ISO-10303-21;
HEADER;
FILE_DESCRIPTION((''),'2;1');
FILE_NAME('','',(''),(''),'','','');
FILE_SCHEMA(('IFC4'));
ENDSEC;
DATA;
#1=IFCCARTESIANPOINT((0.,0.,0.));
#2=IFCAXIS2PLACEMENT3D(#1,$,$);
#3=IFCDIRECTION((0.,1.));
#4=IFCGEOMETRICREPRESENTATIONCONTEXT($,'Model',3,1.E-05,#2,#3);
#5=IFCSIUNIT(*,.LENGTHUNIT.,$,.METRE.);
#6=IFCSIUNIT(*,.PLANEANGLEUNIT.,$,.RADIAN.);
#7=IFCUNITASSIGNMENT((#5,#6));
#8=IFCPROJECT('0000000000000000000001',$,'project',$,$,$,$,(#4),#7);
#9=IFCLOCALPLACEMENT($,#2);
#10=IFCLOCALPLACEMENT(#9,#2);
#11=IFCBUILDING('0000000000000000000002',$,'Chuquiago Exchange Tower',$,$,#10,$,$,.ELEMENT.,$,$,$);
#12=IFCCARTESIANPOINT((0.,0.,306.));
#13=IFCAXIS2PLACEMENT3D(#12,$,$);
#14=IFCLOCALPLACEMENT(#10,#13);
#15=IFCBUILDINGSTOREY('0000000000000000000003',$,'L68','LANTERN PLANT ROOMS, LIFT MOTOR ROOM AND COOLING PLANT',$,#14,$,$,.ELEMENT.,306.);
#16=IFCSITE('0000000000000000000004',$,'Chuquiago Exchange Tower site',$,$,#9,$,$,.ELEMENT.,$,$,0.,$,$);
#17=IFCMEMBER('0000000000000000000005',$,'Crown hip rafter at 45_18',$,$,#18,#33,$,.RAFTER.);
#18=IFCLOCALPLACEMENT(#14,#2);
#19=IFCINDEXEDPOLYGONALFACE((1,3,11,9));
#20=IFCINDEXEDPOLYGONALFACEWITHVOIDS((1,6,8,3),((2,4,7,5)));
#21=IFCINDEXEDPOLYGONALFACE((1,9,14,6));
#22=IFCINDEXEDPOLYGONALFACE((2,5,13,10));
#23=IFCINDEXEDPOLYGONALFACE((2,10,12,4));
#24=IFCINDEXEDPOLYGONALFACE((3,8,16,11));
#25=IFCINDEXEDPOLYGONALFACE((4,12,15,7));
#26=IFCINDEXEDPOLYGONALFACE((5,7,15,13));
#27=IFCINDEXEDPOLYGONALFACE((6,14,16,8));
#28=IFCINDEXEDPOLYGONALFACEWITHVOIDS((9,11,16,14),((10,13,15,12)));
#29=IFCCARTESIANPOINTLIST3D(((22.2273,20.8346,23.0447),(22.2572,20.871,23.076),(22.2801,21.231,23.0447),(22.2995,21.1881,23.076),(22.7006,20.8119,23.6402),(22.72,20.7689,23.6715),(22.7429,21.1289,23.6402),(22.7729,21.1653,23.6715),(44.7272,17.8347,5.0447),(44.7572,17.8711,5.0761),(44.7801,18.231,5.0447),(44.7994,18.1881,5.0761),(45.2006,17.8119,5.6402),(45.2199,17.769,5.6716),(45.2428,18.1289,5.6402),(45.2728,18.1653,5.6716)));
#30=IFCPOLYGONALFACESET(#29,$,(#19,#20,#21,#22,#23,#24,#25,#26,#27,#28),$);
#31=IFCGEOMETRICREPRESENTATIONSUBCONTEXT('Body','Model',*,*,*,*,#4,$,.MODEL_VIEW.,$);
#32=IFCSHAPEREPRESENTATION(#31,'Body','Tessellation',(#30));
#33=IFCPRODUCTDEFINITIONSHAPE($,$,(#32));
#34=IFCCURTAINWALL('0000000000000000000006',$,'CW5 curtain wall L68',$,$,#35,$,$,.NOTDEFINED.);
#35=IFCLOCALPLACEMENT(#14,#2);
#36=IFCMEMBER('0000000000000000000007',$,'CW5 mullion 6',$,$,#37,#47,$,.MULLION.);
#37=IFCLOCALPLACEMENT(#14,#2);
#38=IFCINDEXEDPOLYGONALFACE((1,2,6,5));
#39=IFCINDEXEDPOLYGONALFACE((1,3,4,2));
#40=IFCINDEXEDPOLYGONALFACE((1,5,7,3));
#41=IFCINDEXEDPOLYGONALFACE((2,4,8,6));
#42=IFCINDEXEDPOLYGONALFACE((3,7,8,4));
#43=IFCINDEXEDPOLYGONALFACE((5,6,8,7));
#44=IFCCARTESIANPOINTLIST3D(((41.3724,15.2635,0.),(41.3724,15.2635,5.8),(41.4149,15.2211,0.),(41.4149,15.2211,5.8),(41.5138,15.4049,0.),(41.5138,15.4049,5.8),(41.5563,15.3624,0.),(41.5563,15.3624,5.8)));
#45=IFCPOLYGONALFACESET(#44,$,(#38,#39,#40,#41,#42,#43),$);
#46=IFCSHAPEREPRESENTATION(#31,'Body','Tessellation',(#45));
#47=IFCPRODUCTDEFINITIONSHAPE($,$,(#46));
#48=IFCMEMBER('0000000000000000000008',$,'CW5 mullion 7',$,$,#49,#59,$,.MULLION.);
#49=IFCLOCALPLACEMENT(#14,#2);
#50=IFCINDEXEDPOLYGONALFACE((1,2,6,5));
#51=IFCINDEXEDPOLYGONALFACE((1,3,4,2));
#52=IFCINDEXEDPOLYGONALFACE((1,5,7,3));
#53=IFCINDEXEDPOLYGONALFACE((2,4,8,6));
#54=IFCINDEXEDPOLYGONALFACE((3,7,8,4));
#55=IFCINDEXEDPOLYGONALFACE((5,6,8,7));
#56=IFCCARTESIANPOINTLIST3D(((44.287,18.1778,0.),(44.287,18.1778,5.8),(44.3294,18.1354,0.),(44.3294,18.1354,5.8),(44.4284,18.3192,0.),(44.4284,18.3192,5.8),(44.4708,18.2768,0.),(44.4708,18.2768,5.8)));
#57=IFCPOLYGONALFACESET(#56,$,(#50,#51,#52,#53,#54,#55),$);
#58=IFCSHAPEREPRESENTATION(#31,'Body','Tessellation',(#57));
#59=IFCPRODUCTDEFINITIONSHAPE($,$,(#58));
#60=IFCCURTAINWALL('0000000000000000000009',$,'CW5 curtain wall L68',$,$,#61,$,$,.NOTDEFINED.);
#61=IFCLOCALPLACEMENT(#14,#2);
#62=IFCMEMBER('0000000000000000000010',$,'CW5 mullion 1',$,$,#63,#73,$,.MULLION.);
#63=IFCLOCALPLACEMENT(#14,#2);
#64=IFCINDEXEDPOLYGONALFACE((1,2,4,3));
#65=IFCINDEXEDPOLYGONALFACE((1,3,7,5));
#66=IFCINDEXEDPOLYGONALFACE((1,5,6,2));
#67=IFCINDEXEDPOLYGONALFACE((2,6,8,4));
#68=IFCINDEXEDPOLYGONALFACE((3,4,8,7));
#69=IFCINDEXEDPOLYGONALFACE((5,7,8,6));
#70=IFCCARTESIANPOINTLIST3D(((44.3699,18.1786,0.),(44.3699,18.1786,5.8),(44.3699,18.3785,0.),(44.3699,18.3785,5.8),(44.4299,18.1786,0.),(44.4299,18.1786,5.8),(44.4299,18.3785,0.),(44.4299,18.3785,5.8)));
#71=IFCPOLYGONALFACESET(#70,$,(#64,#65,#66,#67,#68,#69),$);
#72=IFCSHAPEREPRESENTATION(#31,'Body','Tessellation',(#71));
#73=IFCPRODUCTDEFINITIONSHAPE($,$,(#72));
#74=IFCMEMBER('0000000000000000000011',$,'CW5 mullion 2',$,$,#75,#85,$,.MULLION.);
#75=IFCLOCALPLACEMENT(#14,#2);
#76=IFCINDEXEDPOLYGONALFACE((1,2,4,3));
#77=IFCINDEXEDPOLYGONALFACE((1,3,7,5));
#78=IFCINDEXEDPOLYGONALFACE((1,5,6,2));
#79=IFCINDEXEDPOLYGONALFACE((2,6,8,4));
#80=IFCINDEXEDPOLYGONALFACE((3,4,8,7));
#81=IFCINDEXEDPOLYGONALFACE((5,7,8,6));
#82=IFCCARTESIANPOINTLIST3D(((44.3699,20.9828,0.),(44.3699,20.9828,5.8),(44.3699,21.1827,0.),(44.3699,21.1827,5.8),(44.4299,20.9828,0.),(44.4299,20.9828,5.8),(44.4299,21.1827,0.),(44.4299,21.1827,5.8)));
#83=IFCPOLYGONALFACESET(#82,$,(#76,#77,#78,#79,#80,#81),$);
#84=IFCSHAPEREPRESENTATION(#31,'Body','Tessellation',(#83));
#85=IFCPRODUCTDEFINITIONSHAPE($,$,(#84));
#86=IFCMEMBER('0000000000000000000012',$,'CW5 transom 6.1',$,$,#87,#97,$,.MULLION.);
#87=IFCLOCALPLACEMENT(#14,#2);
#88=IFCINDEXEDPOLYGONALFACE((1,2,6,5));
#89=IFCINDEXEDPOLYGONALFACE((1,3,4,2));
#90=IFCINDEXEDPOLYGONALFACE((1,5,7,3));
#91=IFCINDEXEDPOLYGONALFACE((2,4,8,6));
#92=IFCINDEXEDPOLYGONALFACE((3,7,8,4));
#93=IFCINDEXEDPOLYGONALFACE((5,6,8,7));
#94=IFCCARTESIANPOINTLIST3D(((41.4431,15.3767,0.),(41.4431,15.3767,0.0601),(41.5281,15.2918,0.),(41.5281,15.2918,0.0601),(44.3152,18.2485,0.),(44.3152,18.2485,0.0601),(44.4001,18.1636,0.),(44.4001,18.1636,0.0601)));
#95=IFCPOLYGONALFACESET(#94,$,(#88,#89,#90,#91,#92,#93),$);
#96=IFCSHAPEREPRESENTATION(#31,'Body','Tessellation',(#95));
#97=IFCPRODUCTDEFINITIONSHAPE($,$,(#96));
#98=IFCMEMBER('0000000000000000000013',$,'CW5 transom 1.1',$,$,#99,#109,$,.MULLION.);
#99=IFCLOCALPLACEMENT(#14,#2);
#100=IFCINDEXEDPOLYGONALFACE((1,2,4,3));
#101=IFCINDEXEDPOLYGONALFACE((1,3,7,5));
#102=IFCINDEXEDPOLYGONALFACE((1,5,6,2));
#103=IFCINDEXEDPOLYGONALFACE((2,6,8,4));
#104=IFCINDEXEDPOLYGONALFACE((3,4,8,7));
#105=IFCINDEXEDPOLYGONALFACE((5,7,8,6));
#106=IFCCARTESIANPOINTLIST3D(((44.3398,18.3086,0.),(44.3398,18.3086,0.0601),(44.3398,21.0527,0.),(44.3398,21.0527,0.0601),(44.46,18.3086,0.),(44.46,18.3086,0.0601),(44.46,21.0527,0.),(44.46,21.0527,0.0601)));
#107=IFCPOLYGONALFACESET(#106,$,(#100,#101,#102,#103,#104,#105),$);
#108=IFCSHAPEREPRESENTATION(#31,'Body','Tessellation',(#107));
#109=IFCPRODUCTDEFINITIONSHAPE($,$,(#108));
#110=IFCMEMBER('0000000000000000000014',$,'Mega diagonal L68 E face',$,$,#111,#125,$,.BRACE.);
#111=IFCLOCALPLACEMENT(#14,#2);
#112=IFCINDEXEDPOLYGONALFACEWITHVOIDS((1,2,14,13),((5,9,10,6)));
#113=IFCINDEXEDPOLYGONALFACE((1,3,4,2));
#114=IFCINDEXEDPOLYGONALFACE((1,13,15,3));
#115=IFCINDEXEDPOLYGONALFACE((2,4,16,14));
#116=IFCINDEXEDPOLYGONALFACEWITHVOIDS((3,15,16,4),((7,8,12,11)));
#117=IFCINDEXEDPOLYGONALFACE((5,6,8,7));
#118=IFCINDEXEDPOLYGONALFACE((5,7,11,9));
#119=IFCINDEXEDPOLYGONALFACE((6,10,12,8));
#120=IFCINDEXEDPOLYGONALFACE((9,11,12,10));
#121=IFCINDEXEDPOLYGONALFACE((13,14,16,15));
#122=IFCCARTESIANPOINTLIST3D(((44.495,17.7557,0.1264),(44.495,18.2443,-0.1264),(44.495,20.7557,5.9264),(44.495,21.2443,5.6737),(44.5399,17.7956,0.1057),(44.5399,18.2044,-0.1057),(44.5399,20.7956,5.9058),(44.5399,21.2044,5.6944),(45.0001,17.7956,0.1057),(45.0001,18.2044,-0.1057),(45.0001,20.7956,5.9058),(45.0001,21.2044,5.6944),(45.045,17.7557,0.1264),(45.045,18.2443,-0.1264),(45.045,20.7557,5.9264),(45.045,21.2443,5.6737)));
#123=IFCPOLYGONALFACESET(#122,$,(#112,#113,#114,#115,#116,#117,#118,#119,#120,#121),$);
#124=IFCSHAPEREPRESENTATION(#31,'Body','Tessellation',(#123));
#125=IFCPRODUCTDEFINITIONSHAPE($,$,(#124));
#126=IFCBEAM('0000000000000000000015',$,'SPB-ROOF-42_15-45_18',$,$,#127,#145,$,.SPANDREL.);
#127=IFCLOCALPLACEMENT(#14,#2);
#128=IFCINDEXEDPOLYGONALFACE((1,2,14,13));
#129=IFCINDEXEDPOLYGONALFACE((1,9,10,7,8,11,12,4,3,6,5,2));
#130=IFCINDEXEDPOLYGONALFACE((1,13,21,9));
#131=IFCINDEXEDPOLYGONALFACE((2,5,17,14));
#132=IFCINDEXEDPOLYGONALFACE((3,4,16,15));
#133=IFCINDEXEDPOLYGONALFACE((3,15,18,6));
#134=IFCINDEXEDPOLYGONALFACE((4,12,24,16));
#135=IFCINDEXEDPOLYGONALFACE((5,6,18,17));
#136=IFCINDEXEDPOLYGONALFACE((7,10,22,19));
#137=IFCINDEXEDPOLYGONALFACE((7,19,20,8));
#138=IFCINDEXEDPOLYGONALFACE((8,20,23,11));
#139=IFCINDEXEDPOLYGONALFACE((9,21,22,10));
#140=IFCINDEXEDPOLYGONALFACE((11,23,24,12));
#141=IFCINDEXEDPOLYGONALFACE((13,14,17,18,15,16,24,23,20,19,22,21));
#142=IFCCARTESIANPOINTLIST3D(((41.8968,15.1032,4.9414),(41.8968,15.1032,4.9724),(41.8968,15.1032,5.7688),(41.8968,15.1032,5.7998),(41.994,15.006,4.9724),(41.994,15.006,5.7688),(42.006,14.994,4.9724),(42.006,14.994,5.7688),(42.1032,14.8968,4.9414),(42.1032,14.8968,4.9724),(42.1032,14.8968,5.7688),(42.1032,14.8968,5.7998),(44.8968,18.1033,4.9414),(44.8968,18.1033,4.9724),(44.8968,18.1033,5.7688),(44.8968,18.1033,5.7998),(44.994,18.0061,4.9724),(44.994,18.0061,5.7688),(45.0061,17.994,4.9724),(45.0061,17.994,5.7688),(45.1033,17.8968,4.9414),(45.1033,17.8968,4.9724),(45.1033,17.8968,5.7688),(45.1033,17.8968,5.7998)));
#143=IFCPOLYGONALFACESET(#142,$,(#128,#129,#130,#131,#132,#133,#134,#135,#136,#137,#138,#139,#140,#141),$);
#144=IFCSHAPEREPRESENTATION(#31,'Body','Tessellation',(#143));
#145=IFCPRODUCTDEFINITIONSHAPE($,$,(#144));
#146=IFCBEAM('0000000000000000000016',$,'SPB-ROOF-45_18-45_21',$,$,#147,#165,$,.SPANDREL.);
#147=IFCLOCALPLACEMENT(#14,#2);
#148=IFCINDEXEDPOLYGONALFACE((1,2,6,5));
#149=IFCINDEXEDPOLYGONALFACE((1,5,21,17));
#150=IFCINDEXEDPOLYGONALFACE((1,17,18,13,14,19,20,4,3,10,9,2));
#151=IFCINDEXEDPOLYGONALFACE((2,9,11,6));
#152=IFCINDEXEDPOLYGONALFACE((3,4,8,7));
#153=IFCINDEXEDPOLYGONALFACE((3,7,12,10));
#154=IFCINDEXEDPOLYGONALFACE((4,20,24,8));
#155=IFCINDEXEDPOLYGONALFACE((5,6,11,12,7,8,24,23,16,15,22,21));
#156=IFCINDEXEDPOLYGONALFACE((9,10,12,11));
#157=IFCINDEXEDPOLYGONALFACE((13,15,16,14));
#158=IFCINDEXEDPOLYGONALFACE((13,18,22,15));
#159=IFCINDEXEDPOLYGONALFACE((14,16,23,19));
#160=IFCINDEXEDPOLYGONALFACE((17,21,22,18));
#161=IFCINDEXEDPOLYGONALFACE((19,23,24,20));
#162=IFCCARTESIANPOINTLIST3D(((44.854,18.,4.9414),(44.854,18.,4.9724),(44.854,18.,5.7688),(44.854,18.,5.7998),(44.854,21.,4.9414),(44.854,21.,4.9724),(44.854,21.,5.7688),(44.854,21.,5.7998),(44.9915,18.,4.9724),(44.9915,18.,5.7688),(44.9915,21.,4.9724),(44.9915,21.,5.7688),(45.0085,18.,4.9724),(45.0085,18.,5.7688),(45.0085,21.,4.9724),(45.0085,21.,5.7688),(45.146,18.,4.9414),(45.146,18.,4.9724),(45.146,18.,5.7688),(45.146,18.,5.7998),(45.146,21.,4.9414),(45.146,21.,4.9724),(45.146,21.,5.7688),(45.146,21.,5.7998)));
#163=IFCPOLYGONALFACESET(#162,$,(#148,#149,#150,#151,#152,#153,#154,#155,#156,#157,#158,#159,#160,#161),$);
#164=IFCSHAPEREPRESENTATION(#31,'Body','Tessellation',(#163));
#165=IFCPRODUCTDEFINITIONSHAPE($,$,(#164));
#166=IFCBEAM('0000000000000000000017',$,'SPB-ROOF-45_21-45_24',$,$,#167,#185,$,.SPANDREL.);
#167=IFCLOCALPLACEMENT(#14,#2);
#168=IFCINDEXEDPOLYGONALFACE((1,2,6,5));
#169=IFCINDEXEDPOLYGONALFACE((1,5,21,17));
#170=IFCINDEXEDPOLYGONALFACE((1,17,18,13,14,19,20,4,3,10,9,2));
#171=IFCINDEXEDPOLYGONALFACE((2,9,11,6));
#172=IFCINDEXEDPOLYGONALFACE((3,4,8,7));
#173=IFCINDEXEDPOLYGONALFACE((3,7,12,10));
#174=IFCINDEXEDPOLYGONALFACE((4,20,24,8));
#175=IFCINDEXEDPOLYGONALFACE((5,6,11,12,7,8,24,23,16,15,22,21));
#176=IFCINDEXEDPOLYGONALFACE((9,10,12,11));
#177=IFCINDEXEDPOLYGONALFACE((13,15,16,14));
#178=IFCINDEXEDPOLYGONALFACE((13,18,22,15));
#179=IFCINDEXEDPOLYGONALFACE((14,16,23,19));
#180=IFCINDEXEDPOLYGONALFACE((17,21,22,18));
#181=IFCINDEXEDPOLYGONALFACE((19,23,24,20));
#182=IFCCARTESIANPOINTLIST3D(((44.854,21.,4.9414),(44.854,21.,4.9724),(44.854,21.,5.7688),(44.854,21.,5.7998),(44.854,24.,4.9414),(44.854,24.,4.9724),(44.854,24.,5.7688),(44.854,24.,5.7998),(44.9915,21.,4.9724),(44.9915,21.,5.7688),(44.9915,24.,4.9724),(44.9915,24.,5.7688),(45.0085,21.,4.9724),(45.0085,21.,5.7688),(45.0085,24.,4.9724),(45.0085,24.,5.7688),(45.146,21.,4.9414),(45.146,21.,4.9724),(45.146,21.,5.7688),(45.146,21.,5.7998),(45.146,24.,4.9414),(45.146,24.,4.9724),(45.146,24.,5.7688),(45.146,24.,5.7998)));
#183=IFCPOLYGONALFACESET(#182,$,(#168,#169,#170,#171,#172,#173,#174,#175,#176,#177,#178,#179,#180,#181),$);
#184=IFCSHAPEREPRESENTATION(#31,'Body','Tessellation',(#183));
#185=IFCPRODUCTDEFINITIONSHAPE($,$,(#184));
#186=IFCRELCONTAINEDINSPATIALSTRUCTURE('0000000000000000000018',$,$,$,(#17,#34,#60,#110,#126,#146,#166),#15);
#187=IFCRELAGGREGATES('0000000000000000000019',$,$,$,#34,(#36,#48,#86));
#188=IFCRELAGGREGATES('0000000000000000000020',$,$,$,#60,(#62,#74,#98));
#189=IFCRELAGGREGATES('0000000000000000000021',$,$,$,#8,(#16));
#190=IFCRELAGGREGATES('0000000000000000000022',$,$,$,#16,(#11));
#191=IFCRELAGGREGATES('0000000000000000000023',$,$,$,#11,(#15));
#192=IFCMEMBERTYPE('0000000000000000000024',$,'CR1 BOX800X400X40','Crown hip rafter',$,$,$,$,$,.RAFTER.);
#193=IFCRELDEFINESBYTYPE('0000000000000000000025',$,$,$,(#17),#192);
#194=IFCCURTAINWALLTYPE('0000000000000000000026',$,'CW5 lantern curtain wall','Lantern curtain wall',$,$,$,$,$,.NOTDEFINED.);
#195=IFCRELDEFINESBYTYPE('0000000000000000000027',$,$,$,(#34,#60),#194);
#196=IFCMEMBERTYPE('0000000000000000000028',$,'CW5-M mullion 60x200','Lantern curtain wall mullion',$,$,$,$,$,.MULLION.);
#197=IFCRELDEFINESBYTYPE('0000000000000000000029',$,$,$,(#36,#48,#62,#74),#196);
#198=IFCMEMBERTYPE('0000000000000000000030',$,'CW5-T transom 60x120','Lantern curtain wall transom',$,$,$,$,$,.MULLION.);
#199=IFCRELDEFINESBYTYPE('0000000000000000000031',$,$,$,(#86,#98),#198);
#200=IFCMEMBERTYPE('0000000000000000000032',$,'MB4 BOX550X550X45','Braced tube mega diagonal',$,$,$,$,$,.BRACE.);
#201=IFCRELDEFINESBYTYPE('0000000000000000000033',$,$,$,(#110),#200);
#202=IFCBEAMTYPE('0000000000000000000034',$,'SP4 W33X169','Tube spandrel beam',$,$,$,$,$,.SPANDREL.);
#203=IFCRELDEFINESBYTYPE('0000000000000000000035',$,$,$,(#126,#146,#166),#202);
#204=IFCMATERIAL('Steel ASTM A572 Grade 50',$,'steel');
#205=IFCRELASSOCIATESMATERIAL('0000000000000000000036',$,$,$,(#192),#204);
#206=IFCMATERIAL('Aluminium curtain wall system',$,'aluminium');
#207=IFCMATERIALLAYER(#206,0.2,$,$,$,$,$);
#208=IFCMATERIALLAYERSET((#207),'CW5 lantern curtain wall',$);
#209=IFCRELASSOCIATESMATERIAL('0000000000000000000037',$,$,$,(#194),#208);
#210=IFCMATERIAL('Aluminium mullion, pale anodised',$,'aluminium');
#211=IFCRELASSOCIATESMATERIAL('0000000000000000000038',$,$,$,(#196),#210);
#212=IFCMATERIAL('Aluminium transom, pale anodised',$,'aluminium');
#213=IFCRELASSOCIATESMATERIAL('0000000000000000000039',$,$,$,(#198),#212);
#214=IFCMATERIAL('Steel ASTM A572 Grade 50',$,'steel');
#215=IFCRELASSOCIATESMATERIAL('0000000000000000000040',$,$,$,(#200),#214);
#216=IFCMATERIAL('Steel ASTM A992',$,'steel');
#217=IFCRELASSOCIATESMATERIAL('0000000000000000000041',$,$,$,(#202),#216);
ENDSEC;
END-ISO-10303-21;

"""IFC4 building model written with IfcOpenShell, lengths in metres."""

from ifc_helpers import new_model, si_unit, direction, frame, origin, origin_2d, place, context, subcontext, project, spatial, rectangle, hollow_rectangle, i_section, extrude, material, layer, layer_set, material_profile, profile_set, type_object, element, aggregate, save


model = new_model("IFC4")

# Units and contexts
model_context = context("Model", 3, precision=1e-05, world=origin(), true_north=direction((0.0, 1.0)))
body_context = subcontext(model_context, "Body", "Model", "MODEL_VIEW")
ifc_project = project(units=[si_unit("LENGTHUNIT", "METRE"), si_unit("PLANEANGLEUNIT", "RADIAN")], contexts=[model_context])

# Site, building, storey
site_placement = place(None, origin())
site = spatial("IfcSite", under=ifc_project, at=site_placement, Name="Chuquiago Exchange Tower site", CompositionType="ELEMENT", RefElevation=0.0)
building_placement = place(site_placement, origin())
building = spatial("IfcBuilding", under=site, at=building_placement, Name="Chuquiago Exchange Tower", CompositionType="ELEMENT")
storey_placement = place(building_placement, frame((0.0, 0.0, 306.0)))
storey = spatial("IfcBuildingStorey", under=building, at=storey_placement, Name="L68", Description="LANTERN PLANT ROOMS, LIFT MOTOR ROOM AND COOLING PLANT", CompositionType="ELEMENT", Elevation=306.0)

# Member
ifc_material_1 = material(Name="Steel ASTM A572 Grade 50", Category="steel")
ifc_material_profile_1 = material_profile(ifc_material_1, hollow_rectangle(XDim=0.3999, YDim=0.8, WallThickness=0.04, at=origin_2d()), Name="BOX800X400X40")
ifc_profile_set_1 = profile_set([ifc_material_profile_1], Name="Steel ASTM A572 Grade 50")
member_type_1 = type_object("IfcMemberType", Name="CR1 BOX800X400X40", Description="Crown hip rafter", PredefinedType="RAFTER", material=ifc_profile_set_1)
member_1_placement = place(storey_placement, frame((45.0, 18.0, 5.3582), z_axis=(-0.776671, 0.103556, 0.621336), x_axis=(-0.132164, -0.991228, 0.0)))
element("IfcMember", 1, at=member_1_placement, inside=storey, type_object=member_type_1, Name="Crown hip rafter at 45_18", PredefinedType="RAFTER", context=body_context, shape_type="SweptSolid", body=[
    extrude(hollow_rectangle(XDim=0.3999, YDim=0.8, WallThickness=0.04, at=origin_2d()), origin(), (0.0, 0.0, 1.0), 28.9697),
])

# Curtain walls, members
ifc_material_2 = material(Name="Aluminium curtain wall system", Category="aluminium")
ifc_layer_1 = layer(ifc_material_2, 0.2)
ifc_layer_set_1 = layer_set([ifc_layer_1], Name="CW5 lantern curtain wall")
curtain_wall_type = type_object("IfcCurtainWallType", Name="CW5 lantern curtain wall", Description="Lantern curtain wall", PredefinedType="NOTDEFINED", material=ifc_layer_set_1)
curtain_wall_1_placement = place(storey_placement, origin())
curtain_wall_1 = element("IfcCurtainWall", 2, at=curtain_wall_1_placement, inside=storey, type_object=curtain_wall_type, Name="CW5 curtain wall L68", PredefinedType="NOTDEFINED")
ifc_material_3 = material(Name="Aluminium mullion, pale anodised", Category="aluminium")
ifc_material_profile_2 = material_profile(ifc_material_3, rectangle(XDim=0.0601, YDim=0.2, at=origin_2d()), Name="AL 60x200")
ifc_profile_set_2 = profile_set([ifc_material_profile_2], Name="Aluminium mullion, pale anodised")
member_type_2 = type_object("IfcMemberType", Name="CW5-M mullion 60x200", Description="Lantern curtain wall mullion", PredefinedType="MULLION", material=ifc_profile_set_2)
member_2_placement = place(storey_placement, frame((41.4644, 15.313, 0.0), z_axis=(0.0, 0.0, 1.0), x_axis=(-0.707105, 0.707109, 0.0)))
member_2 = element("IfcMember", 3, at=member_2_placement, type_object=member_type_2, Name="CW5 mullion 6", PredefinedType="MULLION", context=body_context, shape_type="SweptSolid", body=[
    extrude(rectangle(XDim=0.0601, YDim=0.2, at=origin_2d()), origin(), (0.0, 0.0, 1.0), 5.8),
])
member_3_placement = place(storey_placement, frame((44.3789, 18.2273, 0.0), z_axis=(0.0, 0.0, 1.0), x_axis=(-0.707105, 0.707109, 0.0)))
member_3 = element("IfcMember", 4, at=member_3_placement, type_object=member_type_2, Name="CW5 mullion 7", PredefinedType="MULLION", context=body_context, shape_type="SweptSolid", body=[
    extrude(rectangle(XDim=0.0601, YDim=0.2, at=origin_2d()), origin(), (0.0, 0.0, 1.0), 5.8),
])
curtain_wall_2_placement = place(storey_placement, origin())
curtain_wall_2 = element("IfcCurtainWall", 5, at=curtain_wall_2_placement, inside=storey, type_object=curtain_wall_type, Name="CW5 curtain wall L68", PredefinedType="NOTDEFINED")
member_4_placement = place(storey_placement, frame((44.3999, 18.2786, 0.0), z_axis=(0.0, 0.0, 1.0), x_axis=(-1.0, 0.0, 0.0)))
member_4 = element("IfcMember", 6, at=member_4_placement, type_object=member_type_2, Name="CW5 mullion 1", PredefinedType="MULLION", context=body_context, shape_type="SweptSolid", body=[
    extrude(rectangle(XDim=0.0601, YDim=0.2, at=origin_2d()), origin(), (0.0, 0.0, 1.0), 5.8),
])
member_5_placement = place(storey_placement, frame((44.3999, 21.0828, 0.0), z_axis=(0.0, 0.0, 1.0), x_axis=(-1.0, 0.0, 0.0)))
member_5 = element("IfcMember", 7, at=member_5_placement, type_object=member_type_2, Name="CW5 mullion 2", PredefinedType="MULLION", context=body_context, shape_type="SweptSolid", body=[
    extrude(rectangle(XDim=0.0601, YDim=0.2, at=origin_2d()), origin(), (0.0, 0.0, 1.0), 5.8),
])

# Members
ifc_material_4 = material(Name="Aluminium transom, pale anodised", Category="aluminium")
ifc_material_profile_3 = material_profile(ifc_material_4, rectangle(XDim=0.1201, YDim=0.0601, at=origin_2d()), Name="AL 120x60")
ifc_profile_set_3 = profile_set([ifc_material_profile_3], Name="Aluminium transom, pale anodised")
member_type_3 = type_object("IfcMemberType", Name="CW5-T transom 60x120", Description="Lantern curtain wall transom", PredefinedType="MULLION", material=ifc_profile_set_3)
member_6_placement = place(storey_placement, frame((41.4856, 15.3342, 0.03), z_axis=(0.707137, 0.707077, 0.0), x_axis=(-0.707077, 0.707137, 0.0)))
member_6 = element("IfcMember", 8, at=member_6_placement, type_object=member_type_3, Name="CW5 transom 6.1", PredefinedType="MULLION", context=body_context, shape_type="SweptSolid", body=[
    extrude(rectangle(XDim=0.1201, YDim=0.0601, at=origin_2d()), origin(), (0.0, 0.0, 1.0), 4.0615),
])
member_7_placement = place(storey_placement, frame((44.3999, 18.3086, 0.03), z_axis=(0.0, 1.0, 0.0), x_axis=(-1.0, 0.0, 0.0)))
member_7 = element("IfcMember", 9, at=member_7_placement, type_object=member_type_3, Name="CW5 transom 1.1", PredefinedType="MULLION", context=body_context, shape_type="SweptSolid", body=[
    extrude(rectangle(XDim=0.1201, YDim=0.0601, at=origin_2d()), origin(), (0.0, 0.0, 1.0), 2.7441),
])
ifc_material_5 = material(Name="Steel ASTM A572 Grade 50", Category="steel")
ifc_material_profile_4 = material_profile(ifc_material_5, hollow_rectangle(XDim=0.55, YDim=0.55, WallThickness=0.0449, at=origin_2d()), Name="BOX550X550X45")
ifc_profile_set_4 = profile_set([ifc_material_profile_4], Name="Steel ASTM A572 Grade 50")
member_type_4 = type_object("IfcMemberType", Name="MB4 BOX550X550X45", Description="Braced tube mega diagonal", PredefinedType="BRACE", material=ifc_profile_set_4)
member_8_placement = place(storey_placement, frame((44.77, 18.0, 0.0), z_axis=(0.0, 0.45942, 0.888219), x_axis=(-1.0, 0.0, 0.0)))
element("IfcMember", 10, at=member_8_placement, inside=storey, type_object=member_type_4, Name="Mega diagonal L68 E face", PredefinedType="BRACE", context=body_context, shape_type="SweptSolid", body=[
    extrude(hollow_rectangle(XDim=0.55, YDim=0.55, WallThickness=0.0449, at=origin_2d()), origin(), (0.0, 0.0, 1.0), 6.53),
])

# Beams
ifc_material_6 = material(Name="Steel ASTM A992", Category="steel")
ifc_material_profile_5 = material_profile(ifc_material_6, i_section(OverallWidth=0.292, OverallDepth=0.8584, WebThickness=0.0171, FlangeThickness=0.031, at=origin_2d()), Name="W33X169")
ifc_profile_set_5 = profile_set([ifc_material_profile_5], Name="Steel ASTM A992")
beam_type_1 = type_object("IfcBeamType", Name="SP4 W33X169", Description="Tube spandrel beam", PredefinedType="SPANDREL", material=ifc_profile_set_5)
beam_1_placement = place(storey_placement, frame((42.0, 15.0, 5.3706), z_axis=(0.707107, 0.707107, 0.0), x_axis=(-0.707107, 0.707107, 0.0)))
element("IfcBeam", 11, at=beam_1_placement, inside=storey, type_object=beam_type_1, Name="SPB-ROOF-42_15-45_18", PredefinedType="SPANDREL", context=body_context, shape_type="SweptSolid", body=[
    extrude(i_section(OverallWidth=0.292, OverallDepth=0.8584, WebThickness=0.0171, FlangeThickness=0.031, at=origin_2d()), origin(), (0.0, 0.0, 1.0), 4.2427),
])
for number, where, z_axis, x_axis, name in (
    (12, (45.0, 18.0, 5.3706), (0.0, 1.0, 0.0), (-1.0, 0.0, 0.0), "SPB-ROOF-45_18-45_21"),
    (13, (45.0, 21.0, 5.3706), (0.0, 1.0, 0.0), (-1.0, 0.0, 0.0), "SPB-ROOF-45_21-45_24"),
):
    element("IfcBeam", number, at=place(storey_placement, frame(where, z_axis=z_axis, x_axis=x_axis)), inside=storey, type_object=beam_type_1, Name=name, PredefinedType="SPANDREL", context=body_context, shape_type="SweptSolid", body=[
        extrude(i_section(OverallWidth=0.292, OverallDepth=0.8584, WebThickness=0.0171, FlangeThickness=0.031, at=origin_2d()), origin(), (0.0, 0.0, 1.0), 3.0),
    ])

aggregate(curtain_wall_1, [member_2, member_3, member_6])
aggregate(curtain_wall_2, [member_4, member_5, member_7])

save(model, "model.ifc")
